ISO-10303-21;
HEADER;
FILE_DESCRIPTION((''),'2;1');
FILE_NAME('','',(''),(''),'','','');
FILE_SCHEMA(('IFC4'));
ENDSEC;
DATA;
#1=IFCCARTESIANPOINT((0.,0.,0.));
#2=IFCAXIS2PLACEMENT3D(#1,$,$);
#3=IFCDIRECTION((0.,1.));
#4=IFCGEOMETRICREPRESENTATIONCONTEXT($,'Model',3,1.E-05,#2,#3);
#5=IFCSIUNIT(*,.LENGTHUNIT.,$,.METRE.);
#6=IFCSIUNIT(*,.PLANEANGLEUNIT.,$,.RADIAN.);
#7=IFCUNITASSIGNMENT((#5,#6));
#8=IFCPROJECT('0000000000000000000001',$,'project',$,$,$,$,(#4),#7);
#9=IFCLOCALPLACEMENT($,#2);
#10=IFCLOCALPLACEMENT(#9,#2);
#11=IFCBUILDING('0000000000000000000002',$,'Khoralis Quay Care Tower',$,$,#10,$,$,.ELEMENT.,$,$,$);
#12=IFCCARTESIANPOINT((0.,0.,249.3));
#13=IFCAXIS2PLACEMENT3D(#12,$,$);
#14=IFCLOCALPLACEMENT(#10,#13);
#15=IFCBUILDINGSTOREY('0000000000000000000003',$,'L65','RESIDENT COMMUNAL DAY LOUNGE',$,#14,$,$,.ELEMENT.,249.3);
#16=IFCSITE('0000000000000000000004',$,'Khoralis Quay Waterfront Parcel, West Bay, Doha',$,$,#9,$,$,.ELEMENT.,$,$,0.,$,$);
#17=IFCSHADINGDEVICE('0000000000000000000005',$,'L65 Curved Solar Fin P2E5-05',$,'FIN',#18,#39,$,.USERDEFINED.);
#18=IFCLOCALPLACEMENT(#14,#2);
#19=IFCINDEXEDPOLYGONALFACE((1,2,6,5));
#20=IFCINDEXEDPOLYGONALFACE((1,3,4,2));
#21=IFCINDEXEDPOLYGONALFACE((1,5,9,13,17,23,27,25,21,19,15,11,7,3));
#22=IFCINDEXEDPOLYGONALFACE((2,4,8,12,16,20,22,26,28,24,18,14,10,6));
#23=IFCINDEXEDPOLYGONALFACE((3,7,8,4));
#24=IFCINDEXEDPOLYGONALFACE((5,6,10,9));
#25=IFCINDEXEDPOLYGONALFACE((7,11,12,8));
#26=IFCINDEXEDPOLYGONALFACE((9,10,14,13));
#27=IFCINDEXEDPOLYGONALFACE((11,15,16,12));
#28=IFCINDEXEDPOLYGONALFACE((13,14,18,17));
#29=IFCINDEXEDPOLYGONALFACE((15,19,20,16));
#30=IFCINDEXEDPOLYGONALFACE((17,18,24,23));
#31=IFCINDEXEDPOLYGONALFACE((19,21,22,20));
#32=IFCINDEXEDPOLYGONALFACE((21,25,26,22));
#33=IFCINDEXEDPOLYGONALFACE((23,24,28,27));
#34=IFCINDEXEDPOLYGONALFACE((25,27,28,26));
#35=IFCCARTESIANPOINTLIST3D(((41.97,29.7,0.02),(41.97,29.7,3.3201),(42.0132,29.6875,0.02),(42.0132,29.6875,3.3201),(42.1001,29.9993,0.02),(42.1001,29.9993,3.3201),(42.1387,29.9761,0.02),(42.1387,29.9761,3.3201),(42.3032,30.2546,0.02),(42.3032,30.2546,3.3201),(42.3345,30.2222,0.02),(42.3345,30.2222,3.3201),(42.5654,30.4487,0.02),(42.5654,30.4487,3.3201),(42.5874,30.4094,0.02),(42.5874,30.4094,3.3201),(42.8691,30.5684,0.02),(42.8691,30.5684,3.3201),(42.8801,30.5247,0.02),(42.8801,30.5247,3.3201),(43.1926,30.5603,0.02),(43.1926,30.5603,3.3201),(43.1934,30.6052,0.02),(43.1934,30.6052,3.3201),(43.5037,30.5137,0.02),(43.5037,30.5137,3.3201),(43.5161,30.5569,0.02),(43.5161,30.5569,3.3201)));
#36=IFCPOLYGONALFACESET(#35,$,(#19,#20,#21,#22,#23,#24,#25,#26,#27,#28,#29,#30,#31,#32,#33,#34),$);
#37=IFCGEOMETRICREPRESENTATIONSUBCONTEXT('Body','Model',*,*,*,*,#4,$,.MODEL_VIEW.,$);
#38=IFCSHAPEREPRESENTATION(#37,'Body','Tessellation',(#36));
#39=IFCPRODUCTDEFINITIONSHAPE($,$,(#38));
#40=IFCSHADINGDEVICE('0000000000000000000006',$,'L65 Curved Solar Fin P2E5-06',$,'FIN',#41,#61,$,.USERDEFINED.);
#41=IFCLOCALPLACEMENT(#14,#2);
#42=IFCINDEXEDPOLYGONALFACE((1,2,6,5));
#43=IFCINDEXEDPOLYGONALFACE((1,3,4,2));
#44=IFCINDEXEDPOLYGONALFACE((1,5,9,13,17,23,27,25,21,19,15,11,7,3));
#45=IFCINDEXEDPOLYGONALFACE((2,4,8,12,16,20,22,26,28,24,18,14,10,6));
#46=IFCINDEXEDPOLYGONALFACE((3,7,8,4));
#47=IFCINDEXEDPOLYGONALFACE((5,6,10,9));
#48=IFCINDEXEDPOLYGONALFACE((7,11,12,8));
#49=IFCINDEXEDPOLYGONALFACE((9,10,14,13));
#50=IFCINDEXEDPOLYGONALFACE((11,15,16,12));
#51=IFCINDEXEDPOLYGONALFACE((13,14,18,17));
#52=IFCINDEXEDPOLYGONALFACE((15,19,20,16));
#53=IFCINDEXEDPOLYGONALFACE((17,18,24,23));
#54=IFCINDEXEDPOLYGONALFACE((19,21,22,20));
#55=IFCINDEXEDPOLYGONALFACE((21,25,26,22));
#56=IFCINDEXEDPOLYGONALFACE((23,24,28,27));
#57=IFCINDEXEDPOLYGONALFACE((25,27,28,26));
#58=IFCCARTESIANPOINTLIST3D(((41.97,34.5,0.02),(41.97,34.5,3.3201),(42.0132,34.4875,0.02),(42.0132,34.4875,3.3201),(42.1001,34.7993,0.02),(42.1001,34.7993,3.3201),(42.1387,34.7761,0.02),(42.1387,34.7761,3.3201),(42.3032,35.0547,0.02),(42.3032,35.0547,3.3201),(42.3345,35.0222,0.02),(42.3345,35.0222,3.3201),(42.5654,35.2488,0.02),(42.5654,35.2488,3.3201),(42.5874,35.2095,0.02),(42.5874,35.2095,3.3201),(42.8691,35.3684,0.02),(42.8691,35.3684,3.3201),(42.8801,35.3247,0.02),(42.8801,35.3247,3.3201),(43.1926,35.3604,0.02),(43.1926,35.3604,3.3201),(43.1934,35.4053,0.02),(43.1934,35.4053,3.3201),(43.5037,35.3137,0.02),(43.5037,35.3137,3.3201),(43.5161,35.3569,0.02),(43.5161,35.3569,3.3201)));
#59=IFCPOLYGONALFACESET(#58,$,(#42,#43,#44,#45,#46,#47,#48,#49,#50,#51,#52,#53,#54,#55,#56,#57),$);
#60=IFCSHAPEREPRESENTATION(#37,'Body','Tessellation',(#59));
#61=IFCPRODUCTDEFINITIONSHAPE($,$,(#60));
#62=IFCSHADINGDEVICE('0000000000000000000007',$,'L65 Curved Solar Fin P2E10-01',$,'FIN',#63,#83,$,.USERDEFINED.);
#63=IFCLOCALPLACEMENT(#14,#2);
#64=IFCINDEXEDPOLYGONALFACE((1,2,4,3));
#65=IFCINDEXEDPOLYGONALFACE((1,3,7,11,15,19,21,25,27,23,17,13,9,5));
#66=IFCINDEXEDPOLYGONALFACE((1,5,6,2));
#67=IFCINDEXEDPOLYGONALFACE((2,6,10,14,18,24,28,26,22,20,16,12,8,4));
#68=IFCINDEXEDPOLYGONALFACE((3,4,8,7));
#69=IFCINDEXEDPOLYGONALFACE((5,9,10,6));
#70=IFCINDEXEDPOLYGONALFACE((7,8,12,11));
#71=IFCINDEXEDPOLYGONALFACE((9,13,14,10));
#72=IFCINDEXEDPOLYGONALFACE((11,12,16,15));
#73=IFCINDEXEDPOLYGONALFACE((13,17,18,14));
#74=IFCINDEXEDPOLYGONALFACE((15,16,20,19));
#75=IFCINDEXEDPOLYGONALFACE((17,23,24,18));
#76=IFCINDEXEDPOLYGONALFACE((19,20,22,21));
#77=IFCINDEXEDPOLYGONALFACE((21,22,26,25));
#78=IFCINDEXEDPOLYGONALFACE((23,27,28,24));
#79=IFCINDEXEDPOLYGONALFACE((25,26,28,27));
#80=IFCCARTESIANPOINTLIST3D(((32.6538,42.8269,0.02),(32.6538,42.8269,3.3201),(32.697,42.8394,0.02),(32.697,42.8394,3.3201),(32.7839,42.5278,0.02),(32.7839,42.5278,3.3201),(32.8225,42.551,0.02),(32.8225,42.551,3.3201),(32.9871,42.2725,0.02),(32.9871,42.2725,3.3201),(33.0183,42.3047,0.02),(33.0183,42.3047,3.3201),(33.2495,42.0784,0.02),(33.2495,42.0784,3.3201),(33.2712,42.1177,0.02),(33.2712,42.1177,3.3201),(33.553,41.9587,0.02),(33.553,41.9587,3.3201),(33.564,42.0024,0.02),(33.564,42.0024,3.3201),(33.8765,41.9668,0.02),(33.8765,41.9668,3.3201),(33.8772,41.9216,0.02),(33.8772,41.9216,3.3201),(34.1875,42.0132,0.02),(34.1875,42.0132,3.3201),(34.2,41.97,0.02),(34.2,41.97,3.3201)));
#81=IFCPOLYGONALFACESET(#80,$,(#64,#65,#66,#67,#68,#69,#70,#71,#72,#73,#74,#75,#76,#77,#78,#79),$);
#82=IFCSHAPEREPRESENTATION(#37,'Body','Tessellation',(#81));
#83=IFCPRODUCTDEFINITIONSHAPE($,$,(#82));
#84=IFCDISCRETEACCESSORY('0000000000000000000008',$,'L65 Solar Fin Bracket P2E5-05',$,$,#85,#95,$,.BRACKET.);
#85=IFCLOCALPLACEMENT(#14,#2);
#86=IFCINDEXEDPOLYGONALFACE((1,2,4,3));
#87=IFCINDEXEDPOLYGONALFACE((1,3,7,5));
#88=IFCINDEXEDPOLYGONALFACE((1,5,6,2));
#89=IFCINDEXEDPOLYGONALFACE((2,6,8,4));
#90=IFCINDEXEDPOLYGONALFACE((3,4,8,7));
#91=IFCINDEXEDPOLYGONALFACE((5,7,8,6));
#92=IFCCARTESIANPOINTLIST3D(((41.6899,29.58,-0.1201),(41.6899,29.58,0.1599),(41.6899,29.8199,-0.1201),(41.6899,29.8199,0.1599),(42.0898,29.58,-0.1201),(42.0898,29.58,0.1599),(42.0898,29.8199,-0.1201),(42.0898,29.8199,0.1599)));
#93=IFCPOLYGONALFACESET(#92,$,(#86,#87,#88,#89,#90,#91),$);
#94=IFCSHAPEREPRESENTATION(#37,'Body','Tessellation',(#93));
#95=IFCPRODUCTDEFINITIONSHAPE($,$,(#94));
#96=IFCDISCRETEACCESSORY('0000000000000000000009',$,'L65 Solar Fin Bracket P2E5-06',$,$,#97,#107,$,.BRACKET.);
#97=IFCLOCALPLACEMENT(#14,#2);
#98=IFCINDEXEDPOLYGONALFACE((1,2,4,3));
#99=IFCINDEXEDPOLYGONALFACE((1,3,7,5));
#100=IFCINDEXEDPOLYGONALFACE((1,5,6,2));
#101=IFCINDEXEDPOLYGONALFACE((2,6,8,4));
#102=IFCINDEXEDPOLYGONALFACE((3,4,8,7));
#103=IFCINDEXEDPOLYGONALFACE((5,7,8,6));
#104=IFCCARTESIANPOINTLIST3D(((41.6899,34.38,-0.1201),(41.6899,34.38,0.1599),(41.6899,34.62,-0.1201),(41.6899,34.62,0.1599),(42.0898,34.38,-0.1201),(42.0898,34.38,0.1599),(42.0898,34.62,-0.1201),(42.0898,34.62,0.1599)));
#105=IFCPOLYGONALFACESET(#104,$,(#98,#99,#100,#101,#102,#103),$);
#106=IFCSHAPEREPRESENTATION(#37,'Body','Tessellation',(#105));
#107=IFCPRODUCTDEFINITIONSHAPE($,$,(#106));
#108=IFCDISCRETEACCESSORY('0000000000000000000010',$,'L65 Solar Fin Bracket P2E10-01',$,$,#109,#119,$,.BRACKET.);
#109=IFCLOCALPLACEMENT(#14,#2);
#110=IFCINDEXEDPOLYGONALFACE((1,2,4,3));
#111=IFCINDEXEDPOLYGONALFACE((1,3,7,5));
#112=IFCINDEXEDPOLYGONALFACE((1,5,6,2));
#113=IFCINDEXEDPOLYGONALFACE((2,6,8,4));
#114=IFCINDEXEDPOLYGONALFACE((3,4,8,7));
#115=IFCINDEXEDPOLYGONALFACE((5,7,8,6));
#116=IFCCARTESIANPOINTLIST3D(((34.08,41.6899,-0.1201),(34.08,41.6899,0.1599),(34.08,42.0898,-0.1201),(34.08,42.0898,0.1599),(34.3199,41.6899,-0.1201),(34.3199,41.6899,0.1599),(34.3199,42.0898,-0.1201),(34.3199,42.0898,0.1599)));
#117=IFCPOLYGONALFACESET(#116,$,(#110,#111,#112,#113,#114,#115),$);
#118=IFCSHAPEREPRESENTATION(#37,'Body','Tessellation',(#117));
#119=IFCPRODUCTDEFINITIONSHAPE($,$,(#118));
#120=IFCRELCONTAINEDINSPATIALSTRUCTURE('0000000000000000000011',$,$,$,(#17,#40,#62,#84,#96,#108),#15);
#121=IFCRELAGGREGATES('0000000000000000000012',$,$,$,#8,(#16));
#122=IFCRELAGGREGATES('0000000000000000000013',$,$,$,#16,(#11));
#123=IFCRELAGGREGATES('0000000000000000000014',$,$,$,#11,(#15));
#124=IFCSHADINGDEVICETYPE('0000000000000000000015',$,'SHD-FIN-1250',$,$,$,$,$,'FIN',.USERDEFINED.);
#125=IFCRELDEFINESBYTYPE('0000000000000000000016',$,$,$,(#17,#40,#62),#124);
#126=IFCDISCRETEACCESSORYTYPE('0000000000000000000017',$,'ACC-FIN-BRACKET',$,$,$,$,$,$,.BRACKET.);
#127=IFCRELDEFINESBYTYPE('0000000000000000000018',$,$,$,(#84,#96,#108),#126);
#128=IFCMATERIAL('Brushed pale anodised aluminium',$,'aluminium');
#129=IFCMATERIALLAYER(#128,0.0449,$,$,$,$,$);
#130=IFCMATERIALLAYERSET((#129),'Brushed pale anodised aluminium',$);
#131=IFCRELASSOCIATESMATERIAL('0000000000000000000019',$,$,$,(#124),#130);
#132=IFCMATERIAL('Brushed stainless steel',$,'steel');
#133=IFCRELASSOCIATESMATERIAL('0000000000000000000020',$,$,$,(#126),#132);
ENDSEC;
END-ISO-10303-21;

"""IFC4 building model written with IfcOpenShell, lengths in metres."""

from ifc_helpers import new_model, si_unit, direction, frame, origin, origin_2d, place, context, subcontext, project, spatial, polyline, rectangle, outline, extrude, source, transform, mapped, material, layer, layer_set, type_object, element, save


model = new_model("IFC4")

# Units and contexts
model_context = context("Model", 3, precision=1e-05, world=origin(), true_north=direction((0.0, 1.0)))
body_context = subcontext(model_context, "Body", "Model", "MODEL_VIEW")
ifc_project = project(units=[si_unit("LENGTHUNIT", "METRE"), si_unit("PLANEANGLEUNIT", "RADIAN")], contexts=[model_context])

# Site, building, storey
site_placement = place(None, origin())
site = spatial("IfcSite", under=ifc_project, at=site_placement, Name="Khoralis Quay Waterfront Parcel, West Bay, Doha", CompositionType="ELEMENT", RefElevation=0.0)
building_placement = place(site_placement, origin())
building = spatial("IfcBuilding", under=site, at=building_placement, Name="Khoralis Quay Care Tower", CompositionType="ELEMENT")
storey_placement = place(building_placement, frame((0.0, 0.0, 249.3)))
storey = spatial("IfcBuildingStorey", under=building, at=storey_placement, Name="L65", Description="RESIDENT COMMUNAL DAY LOUNGE", CompositionType="ELEMENT", Elevation=249.3)

# Shading devices
ifc_material_1 = material(Name="Brushed pale anodised aluminium", Category="aluminium")
ifc_layer_1 = layer(ifc_material_1, 0.0449)
ifc_layer_set_1 = layer_set([ifc_layer_1], Name="Brushed pale anodised aluminium")
shading_device_type = type_object("IfcShadingDeviceType", Name="SHD-FIN-1250", ElementType="FIN", PredefinedType="USERDEFINED", material=ifc_layer_set_1)
shared_shape_1 = source(origin(), body_context, "Body", "SweptSolid", [
    extrude(outline(polyline([(0.0, 0.0), (0.1301, 0.2993), (0.3333, 0.5547), (0.5955, 0.7488), (0.8992, 0.8684), (1.2234, 0.9053), (1.5461, 0.8569), (1.5337, 0.8137), (1.2227, 0.8604), (0.9102, 0.8247), (0.6174, 0.7095), (0.3645, 0.5222), (0.1687, 0.2761), (0.0432, -0.0125), (0.0, 0.0)])), origin(), (0.0, 0.0, 1.0), 3.3),
])
for number, where, z_axis, x_axis, name in (
    (1, (41.97, 29.7, 0.02), (0.0, 0.0, 1.0), (1.0, 0.0, 0.0), "L65 Curved Solar Fin P2E5-05"),
    (2, (41.97, 34.5, 0.02), (0.0, 0.0, 1.0), (1.0, 0.0, 0.0), "L65 Curved Solar Fin P2E5-06"),
):
    element("IfcShadingDevice", number, at=place(storey_placement, frame(where, z_axis=z_axis, x_axis=x_axis)), inside=storey, type_object=shading_device_type, Name=name, ObjectType="FIN", PredefinedType="USERDEFINED", context=body_context, shape_type="MappedRepresentation", body=[
        mapped(shared_shape_1, transform((0.0, 0.0, 0.0), scale=1.0)),
    ])
shared_shape_2 = source(origin(), body_context, "Body", "SweptSolid", [
    extrude(outline(polyline([(0.0, 0.0), (-0.0483, 0.3228), (-0.0112, 0.647), (0.1084, 0.9504), (0.3025, 1.2129), (0.5579, 1.416), (0.8569, 1.5461), (0.8694, 1.5029), (0.5811, 1.3774), (0.3347, 1.1816), (0.1477, 0.9287), (0.0325, 0.636), (-0.0032, 0.3235), (0.0432, 0.0125), (0.0, 0.0)])), origin(), (0.0, 0.0, 1.0), 3.3),
])
shading_device_placement = place(storey_placement, frame((34.2, 41.97, 0.02), z_axis=(0.0, 0.0, 1.0), x_axis=(0.0, 1.0, 0.0)))
element("IfcShadingDevice", 3, at=shading_device_placement, inside=storey, type_object=shading_device_type, Name="L65 Curved Solar Fin P2E10-01", ObjectType="FIN", PredefinedType="USERDEFINED", context=body_context, shape_type="MappedRepresentation", body=[
    mapped(shared_shape_2, transform((0.0, 0.0, 0.0), scale=1.0)),
])

# Discrete accessories
ifc_material_2 = material(Name="Brushed stainless steel", Category="steel")
discrete_accessory_type = type_object("IfcDiscreteAccessoryType", Name="ACC-FIN-BRACKET", PredefinedType="BRACKET", material=ifc_material_2)
shared_shape_3 = source(origin(), body_context, "Body", "SweptSolid", [
    extrude(rectangle(XDim=0.3999, YDim=0.24, at=origin_2d()), origin(), (0.0, 0.0, 1.0), 0.28),
])
for number, where, z_axis, x_axis, name in (
    (4, (41.8899, 29.7, -0.1201), (0.0, 0.0, 1.0), (1.0, 0.0, 0.0), "L65 Solar Fin Bracket P2E5-05"),
    (5, (41.8899, 34.5, -0.1201), (0.0, 0.0, 1.0), (1.0, 0.0, 0.0), "L65 Solar Fin Bracket P2E5-06"),
    (6, (34.2, 41.8899, -0.1201), (0.0, 0.0, 1.0), (0.0, 1.0, 0.0), "L65 Solar Fin Bracket P2E10-01"),
):
    element("IfcDiscreteAccessory", number, at=place(storey_placement, frame(where, z_axis=z_axis, x_axis=x_axis)), inside=storey, type_object=discrete_accessory_type, Name=name, PredefinedType="BRACKET", context=body_context, shape_type="MappedRepresentation", body=[
        mapped(shared_shape_3, transform((0.0, 0.0, 0.0), scale=1.0)),
    ])

save(model, "model.ifc")
